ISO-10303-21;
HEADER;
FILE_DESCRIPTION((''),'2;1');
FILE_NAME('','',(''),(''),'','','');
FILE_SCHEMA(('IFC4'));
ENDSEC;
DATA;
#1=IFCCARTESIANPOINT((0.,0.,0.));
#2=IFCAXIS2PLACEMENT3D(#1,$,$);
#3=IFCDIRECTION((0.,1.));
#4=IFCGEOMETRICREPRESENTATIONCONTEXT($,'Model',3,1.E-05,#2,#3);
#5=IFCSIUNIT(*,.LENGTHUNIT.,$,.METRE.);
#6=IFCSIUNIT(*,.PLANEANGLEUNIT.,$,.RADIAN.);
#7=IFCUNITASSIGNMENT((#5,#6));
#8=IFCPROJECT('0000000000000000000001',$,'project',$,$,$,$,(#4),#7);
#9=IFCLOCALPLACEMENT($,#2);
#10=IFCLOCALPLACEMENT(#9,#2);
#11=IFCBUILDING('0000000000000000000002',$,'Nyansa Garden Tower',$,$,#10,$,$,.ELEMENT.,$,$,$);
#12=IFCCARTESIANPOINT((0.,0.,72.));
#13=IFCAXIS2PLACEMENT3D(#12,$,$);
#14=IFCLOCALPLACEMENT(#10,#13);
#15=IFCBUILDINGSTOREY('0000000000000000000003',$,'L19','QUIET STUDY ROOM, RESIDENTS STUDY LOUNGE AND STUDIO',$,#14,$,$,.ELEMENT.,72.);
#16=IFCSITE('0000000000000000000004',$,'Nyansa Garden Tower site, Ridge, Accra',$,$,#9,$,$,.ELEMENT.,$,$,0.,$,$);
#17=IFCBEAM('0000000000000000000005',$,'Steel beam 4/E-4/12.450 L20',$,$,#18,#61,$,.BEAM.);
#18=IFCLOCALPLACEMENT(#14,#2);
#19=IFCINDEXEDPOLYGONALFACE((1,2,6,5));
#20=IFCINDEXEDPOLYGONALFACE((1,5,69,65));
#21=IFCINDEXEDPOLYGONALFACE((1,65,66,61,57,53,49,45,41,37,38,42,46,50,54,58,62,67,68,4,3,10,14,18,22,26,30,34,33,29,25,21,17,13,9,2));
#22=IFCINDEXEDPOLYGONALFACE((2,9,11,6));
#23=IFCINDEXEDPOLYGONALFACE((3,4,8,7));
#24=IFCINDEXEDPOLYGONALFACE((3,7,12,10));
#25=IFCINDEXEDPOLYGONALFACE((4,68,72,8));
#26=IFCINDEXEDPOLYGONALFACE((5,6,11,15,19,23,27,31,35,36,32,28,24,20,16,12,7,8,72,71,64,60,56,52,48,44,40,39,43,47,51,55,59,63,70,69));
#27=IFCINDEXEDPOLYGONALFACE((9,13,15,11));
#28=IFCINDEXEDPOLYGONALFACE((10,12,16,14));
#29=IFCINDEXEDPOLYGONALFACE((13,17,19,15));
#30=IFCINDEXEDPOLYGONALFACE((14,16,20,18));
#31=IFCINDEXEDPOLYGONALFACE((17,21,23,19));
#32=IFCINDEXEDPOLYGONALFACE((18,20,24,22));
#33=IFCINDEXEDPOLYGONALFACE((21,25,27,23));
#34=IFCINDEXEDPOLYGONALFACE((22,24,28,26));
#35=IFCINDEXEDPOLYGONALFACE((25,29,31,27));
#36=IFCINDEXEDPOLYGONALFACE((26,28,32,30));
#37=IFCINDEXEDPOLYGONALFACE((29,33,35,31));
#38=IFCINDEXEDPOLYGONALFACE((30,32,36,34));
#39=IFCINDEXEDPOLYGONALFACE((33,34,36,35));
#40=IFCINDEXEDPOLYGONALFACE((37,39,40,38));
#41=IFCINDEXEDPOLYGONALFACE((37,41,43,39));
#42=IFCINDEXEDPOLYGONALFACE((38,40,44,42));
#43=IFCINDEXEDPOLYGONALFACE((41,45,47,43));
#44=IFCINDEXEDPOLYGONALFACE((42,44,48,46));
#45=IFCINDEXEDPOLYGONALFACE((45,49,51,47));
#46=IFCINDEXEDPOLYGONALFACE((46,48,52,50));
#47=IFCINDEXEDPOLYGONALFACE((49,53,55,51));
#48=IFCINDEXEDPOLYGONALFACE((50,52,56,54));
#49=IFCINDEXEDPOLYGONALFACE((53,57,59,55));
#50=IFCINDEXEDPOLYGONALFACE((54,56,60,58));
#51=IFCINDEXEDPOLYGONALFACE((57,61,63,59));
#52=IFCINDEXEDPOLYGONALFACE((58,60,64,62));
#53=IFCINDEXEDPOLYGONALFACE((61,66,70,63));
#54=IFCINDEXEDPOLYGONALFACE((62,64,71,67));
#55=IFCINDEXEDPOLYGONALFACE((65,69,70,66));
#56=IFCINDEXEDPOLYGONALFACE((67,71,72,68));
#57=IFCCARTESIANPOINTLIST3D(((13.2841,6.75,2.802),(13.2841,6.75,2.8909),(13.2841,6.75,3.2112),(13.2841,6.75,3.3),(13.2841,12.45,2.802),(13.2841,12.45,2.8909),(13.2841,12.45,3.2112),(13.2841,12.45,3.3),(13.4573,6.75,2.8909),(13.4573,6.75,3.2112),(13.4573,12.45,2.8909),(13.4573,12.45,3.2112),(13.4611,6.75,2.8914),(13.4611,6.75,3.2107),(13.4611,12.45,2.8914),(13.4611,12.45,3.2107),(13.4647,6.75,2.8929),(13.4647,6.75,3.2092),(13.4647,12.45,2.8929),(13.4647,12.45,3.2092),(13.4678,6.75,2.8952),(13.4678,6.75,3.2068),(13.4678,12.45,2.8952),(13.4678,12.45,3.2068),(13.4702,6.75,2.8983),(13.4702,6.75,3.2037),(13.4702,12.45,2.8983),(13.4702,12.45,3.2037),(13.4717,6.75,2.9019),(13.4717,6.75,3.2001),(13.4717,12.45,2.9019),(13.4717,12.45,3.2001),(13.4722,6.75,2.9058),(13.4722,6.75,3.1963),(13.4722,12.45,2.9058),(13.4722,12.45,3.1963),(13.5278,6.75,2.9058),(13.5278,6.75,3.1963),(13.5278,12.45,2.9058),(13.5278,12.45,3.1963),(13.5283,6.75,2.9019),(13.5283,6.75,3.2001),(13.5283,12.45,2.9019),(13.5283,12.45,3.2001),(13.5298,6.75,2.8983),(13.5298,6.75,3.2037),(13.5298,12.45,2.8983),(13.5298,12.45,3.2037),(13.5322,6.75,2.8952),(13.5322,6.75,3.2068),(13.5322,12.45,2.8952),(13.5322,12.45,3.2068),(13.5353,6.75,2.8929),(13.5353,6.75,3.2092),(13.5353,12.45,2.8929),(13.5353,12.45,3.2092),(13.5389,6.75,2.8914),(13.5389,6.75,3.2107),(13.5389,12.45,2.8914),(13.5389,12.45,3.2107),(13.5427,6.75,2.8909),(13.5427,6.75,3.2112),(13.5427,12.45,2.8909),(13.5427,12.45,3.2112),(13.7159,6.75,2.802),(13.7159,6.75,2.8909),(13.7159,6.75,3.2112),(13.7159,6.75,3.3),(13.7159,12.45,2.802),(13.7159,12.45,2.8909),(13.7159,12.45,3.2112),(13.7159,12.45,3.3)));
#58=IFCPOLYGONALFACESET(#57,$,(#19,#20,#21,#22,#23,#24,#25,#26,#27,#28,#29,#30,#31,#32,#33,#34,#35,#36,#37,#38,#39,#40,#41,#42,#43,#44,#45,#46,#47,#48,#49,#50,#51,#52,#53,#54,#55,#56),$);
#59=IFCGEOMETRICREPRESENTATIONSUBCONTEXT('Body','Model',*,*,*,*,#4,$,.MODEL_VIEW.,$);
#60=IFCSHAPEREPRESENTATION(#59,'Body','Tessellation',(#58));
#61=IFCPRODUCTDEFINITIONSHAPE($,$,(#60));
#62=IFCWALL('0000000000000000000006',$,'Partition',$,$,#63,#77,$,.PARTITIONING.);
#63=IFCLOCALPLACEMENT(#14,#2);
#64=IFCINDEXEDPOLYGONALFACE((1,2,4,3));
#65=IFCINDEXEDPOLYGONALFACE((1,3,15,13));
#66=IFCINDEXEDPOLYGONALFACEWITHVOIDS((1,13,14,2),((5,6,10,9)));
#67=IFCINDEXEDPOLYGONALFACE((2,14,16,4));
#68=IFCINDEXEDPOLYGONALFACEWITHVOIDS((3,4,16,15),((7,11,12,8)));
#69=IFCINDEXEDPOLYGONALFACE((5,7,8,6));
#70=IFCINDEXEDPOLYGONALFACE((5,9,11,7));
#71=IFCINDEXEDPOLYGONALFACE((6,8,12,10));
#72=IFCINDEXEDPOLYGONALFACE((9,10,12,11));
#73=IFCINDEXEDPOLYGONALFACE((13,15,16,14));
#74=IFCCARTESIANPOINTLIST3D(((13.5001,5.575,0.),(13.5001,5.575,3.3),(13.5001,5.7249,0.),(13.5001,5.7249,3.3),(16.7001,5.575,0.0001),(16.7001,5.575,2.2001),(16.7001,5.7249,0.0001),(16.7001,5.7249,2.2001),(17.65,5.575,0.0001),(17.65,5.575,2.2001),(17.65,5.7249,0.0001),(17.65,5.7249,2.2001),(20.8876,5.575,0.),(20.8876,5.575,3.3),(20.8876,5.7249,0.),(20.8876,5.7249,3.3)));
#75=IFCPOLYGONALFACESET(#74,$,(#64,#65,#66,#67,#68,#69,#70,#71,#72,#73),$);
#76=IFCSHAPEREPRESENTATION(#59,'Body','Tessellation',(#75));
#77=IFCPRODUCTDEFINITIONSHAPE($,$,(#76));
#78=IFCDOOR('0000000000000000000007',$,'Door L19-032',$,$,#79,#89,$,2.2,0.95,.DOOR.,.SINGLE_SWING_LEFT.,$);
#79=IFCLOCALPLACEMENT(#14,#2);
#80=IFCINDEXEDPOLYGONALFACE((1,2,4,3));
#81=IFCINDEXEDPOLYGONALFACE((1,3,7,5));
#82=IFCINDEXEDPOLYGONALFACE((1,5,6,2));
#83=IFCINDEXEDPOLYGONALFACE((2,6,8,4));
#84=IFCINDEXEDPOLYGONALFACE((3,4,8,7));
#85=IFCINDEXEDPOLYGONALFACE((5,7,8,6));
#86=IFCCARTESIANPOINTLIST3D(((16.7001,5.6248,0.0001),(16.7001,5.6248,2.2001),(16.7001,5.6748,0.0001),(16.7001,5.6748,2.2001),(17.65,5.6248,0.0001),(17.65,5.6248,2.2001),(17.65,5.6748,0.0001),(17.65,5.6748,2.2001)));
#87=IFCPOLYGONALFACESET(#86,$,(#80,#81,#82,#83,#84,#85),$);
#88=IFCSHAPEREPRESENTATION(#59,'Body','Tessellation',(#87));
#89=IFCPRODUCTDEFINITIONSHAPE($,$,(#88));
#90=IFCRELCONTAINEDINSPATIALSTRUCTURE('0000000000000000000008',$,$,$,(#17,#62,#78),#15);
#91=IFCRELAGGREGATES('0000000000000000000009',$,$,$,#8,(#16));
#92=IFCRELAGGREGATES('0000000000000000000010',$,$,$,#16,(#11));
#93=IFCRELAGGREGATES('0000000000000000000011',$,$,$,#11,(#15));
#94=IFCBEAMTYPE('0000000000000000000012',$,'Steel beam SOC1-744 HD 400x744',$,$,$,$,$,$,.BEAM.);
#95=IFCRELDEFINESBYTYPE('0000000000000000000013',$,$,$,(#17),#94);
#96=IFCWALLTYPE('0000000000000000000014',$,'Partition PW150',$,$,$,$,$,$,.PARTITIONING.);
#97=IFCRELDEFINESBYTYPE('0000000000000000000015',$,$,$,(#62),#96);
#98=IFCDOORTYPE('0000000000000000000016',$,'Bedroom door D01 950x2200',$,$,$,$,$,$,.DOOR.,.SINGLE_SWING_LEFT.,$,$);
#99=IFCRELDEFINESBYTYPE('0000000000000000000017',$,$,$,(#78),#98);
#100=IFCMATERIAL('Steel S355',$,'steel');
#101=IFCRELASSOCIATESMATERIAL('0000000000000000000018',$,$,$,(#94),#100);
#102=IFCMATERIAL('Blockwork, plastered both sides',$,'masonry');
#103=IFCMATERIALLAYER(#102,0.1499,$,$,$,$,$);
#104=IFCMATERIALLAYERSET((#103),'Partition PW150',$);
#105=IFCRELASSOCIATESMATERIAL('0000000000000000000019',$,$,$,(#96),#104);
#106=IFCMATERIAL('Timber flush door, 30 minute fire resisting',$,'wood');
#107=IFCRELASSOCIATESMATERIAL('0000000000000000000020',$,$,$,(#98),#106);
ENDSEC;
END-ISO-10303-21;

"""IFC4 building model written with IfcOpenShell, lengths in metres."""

from ifc_helpers import new_model, si_unit, direction, frame, frame_2d, origin, origin_2d, place, context, subcontext, project, spatial, rectangle, i_section, extrude, material, layer, layer_set, material_profile, profile_set, type_object, element, fill, save


model = new_model("IFC4")

# Units and contexts
model_context = context("Model", 3, precision=1e-05, world=origin(), true_north=direction((0.0, 1.0)))
body_context = subcontext(model_context, "Body", "Model", "MODEL_VIEW")
ifc_project = project(units=[si_unit("LENGTHUNIT", "METRE"), si_unit("PLANEANGLEUNIT", "RADIAN")], contexts=[model_context])

# Site, building, storey
site_placement = place(None, origin())
site = spatial("IfcSite", under=ifc_project, at=site_placement, Name="Nyansa Garden Tower site, Ridge, Accra", CompositionType="ELEMENT", RefElevation=0.0)
building_placement = place(site_placement, origin())
building = spatial("IfcBuilding", under=site, at=building_placement, Name="Nyansa Garden Tower", CompositionType="ELEMENT")
storey_placement = place(building_placement, frame((0.0, 0.0, 72.0)))
storey = spatial("IfcBuildingStorey", under=building, at=storey_placement, Name="L19", Description="QUIET STUDY ROOM, RESIDENTS STUDY LOUNGE AND STUDIO", CompositionType="ELEMENT", Elevation=72.0)

# Beam
ifc_material_1 = material(Name="Steel S355", Category="steel")
ifc_material_profile_1 = material_profile(ifc_material_1, i_section(OverallWidth=0.4319, OverallDepth=0.498, WebThickness=0.0557, FlangeThickness=0.0889, FilletRadius=0.0149, at=origin_2d()), Name="HD 400x744")
ifc_profile_set_1 = profile_set([ifc_material_profile_1], Name="Steel S355")
beam_type_1 = type_object("IfcBeamType", Name="Steel beam SOC1-744 HD 400x744", PredefinedType="BEAM", material=ifc_profile_set_1)
beam_1_placement = place(storey_placement, frame((13.5, 6.75, 3.051), z_axis=(0.0, 1.0, 0.0), x_axis=(-1.0, 0.0, 0.0)))
element("IfcBeam", 1, at=beam_1_placement, inside=storey, type_object=beam_type_1, Name="Steel beam 4/E-4/12.450 L20", PredefinedType="BEAM", context=body_context, shape_type="SweptSolid", body=[
    extrude(i_section(OverallWidth=0.4319, OverallDepth=0.498, WebThickness=0.0557, FlangeThickness=0.0889, FilletRadius=0.0149, at=origin_2d()), origin(), (0.0, 0.0, 1.0), 5.7),
])

# Wall, opening, door
ifc_material_2 = material(Name="Blockwork, plastered both sides", Category="masonry")
ifc_layer_1 = layer(ifc_material_2, 0.1499)
ifc_layer_set_1 = layer_set([ifc_layer_1], Name="Partition PW150")
wall_type_1 = type_object("IfcWallType", Name="Partition PW150", PredefinedType="PARTITIONING", material=ifc_layer_set_1)
wall_1_placement = place(storey_placement, frame((13.5, 5.6499, 0.0), z_axis=(0.0, 0.0, 1.0), x_axis=(1.0, 0.0, 0.0)))
wall_1 = element("IfcWall", 2, at=wall_1_placement, inside=storey, type_object=wall_type_1, Name="Partition", PredefinedType="PARTITIONING", context=body_context, shape_type="SweptSolid", body=[
    extrude(rectangle(XDim=7.3875, YDim=0.1499, at=frame_2d((3.6938, 0.0))), origin(), (0.0, 0.0, 1.0), 3.3),
])
opening_1_placement = place(wall_1_placement, frame((3.2, 0.0, 0.0)))
opening_1 = element("IfcOpeningElement", 3, at=opening_1_placement, cuts=wall_1, PredefinedType="OPENING", context=body_context, shape_type="SweptSolid", body=[
    extrude(rectangle(XDim=0.95, YDim=2.2, at=frame_2d((0.4751, 1.1001))), frame((0.0, 0.085, 0.0), z_axis=(0.0, -1.0, 0.0), x_axis=(1.0, 0.0, 0.0)), (0.0, 0.0, 1.0), 0.1699),
])
ifc_material_3 = material(Name="Timber flush door, 30 minute fire resisting", Category="wood")
door_type_1 = type_object("IfcDoorType", Name="Bedroom door D01 950x2200", OperationType="SINGLE_SWING_LEFT", PredefinedType="DOOR", material=ifc_material_3)
door_1_placement = place(opening_1_placement, origin())
door_1 = element("IfcDoor", 4, at=door_1_placement, inside=storey, type_object=door_type_1, Name="Door L19-032", OperationType="SINGLE_SWING_LEFT", OverallHeight=2.2, OverallWidth=0.95, PredefinedType="DOOR", context=body_context, shape_type="SweptSolid", body=[
    extrude(rectangle(XDim=0.95, YDim=2.2, at=frame_2d((0.4751, 1.1001))), frame((0.0, 0.0249, 0.0), z_axis=(0.0, -1.0, 0.0), x_axis=(1.0, 0.0, 0.0)), (0.0, 0.0, 1.0), 0.05),
])
fill(opening_1, door_1)

save(model, "model.ifc")
